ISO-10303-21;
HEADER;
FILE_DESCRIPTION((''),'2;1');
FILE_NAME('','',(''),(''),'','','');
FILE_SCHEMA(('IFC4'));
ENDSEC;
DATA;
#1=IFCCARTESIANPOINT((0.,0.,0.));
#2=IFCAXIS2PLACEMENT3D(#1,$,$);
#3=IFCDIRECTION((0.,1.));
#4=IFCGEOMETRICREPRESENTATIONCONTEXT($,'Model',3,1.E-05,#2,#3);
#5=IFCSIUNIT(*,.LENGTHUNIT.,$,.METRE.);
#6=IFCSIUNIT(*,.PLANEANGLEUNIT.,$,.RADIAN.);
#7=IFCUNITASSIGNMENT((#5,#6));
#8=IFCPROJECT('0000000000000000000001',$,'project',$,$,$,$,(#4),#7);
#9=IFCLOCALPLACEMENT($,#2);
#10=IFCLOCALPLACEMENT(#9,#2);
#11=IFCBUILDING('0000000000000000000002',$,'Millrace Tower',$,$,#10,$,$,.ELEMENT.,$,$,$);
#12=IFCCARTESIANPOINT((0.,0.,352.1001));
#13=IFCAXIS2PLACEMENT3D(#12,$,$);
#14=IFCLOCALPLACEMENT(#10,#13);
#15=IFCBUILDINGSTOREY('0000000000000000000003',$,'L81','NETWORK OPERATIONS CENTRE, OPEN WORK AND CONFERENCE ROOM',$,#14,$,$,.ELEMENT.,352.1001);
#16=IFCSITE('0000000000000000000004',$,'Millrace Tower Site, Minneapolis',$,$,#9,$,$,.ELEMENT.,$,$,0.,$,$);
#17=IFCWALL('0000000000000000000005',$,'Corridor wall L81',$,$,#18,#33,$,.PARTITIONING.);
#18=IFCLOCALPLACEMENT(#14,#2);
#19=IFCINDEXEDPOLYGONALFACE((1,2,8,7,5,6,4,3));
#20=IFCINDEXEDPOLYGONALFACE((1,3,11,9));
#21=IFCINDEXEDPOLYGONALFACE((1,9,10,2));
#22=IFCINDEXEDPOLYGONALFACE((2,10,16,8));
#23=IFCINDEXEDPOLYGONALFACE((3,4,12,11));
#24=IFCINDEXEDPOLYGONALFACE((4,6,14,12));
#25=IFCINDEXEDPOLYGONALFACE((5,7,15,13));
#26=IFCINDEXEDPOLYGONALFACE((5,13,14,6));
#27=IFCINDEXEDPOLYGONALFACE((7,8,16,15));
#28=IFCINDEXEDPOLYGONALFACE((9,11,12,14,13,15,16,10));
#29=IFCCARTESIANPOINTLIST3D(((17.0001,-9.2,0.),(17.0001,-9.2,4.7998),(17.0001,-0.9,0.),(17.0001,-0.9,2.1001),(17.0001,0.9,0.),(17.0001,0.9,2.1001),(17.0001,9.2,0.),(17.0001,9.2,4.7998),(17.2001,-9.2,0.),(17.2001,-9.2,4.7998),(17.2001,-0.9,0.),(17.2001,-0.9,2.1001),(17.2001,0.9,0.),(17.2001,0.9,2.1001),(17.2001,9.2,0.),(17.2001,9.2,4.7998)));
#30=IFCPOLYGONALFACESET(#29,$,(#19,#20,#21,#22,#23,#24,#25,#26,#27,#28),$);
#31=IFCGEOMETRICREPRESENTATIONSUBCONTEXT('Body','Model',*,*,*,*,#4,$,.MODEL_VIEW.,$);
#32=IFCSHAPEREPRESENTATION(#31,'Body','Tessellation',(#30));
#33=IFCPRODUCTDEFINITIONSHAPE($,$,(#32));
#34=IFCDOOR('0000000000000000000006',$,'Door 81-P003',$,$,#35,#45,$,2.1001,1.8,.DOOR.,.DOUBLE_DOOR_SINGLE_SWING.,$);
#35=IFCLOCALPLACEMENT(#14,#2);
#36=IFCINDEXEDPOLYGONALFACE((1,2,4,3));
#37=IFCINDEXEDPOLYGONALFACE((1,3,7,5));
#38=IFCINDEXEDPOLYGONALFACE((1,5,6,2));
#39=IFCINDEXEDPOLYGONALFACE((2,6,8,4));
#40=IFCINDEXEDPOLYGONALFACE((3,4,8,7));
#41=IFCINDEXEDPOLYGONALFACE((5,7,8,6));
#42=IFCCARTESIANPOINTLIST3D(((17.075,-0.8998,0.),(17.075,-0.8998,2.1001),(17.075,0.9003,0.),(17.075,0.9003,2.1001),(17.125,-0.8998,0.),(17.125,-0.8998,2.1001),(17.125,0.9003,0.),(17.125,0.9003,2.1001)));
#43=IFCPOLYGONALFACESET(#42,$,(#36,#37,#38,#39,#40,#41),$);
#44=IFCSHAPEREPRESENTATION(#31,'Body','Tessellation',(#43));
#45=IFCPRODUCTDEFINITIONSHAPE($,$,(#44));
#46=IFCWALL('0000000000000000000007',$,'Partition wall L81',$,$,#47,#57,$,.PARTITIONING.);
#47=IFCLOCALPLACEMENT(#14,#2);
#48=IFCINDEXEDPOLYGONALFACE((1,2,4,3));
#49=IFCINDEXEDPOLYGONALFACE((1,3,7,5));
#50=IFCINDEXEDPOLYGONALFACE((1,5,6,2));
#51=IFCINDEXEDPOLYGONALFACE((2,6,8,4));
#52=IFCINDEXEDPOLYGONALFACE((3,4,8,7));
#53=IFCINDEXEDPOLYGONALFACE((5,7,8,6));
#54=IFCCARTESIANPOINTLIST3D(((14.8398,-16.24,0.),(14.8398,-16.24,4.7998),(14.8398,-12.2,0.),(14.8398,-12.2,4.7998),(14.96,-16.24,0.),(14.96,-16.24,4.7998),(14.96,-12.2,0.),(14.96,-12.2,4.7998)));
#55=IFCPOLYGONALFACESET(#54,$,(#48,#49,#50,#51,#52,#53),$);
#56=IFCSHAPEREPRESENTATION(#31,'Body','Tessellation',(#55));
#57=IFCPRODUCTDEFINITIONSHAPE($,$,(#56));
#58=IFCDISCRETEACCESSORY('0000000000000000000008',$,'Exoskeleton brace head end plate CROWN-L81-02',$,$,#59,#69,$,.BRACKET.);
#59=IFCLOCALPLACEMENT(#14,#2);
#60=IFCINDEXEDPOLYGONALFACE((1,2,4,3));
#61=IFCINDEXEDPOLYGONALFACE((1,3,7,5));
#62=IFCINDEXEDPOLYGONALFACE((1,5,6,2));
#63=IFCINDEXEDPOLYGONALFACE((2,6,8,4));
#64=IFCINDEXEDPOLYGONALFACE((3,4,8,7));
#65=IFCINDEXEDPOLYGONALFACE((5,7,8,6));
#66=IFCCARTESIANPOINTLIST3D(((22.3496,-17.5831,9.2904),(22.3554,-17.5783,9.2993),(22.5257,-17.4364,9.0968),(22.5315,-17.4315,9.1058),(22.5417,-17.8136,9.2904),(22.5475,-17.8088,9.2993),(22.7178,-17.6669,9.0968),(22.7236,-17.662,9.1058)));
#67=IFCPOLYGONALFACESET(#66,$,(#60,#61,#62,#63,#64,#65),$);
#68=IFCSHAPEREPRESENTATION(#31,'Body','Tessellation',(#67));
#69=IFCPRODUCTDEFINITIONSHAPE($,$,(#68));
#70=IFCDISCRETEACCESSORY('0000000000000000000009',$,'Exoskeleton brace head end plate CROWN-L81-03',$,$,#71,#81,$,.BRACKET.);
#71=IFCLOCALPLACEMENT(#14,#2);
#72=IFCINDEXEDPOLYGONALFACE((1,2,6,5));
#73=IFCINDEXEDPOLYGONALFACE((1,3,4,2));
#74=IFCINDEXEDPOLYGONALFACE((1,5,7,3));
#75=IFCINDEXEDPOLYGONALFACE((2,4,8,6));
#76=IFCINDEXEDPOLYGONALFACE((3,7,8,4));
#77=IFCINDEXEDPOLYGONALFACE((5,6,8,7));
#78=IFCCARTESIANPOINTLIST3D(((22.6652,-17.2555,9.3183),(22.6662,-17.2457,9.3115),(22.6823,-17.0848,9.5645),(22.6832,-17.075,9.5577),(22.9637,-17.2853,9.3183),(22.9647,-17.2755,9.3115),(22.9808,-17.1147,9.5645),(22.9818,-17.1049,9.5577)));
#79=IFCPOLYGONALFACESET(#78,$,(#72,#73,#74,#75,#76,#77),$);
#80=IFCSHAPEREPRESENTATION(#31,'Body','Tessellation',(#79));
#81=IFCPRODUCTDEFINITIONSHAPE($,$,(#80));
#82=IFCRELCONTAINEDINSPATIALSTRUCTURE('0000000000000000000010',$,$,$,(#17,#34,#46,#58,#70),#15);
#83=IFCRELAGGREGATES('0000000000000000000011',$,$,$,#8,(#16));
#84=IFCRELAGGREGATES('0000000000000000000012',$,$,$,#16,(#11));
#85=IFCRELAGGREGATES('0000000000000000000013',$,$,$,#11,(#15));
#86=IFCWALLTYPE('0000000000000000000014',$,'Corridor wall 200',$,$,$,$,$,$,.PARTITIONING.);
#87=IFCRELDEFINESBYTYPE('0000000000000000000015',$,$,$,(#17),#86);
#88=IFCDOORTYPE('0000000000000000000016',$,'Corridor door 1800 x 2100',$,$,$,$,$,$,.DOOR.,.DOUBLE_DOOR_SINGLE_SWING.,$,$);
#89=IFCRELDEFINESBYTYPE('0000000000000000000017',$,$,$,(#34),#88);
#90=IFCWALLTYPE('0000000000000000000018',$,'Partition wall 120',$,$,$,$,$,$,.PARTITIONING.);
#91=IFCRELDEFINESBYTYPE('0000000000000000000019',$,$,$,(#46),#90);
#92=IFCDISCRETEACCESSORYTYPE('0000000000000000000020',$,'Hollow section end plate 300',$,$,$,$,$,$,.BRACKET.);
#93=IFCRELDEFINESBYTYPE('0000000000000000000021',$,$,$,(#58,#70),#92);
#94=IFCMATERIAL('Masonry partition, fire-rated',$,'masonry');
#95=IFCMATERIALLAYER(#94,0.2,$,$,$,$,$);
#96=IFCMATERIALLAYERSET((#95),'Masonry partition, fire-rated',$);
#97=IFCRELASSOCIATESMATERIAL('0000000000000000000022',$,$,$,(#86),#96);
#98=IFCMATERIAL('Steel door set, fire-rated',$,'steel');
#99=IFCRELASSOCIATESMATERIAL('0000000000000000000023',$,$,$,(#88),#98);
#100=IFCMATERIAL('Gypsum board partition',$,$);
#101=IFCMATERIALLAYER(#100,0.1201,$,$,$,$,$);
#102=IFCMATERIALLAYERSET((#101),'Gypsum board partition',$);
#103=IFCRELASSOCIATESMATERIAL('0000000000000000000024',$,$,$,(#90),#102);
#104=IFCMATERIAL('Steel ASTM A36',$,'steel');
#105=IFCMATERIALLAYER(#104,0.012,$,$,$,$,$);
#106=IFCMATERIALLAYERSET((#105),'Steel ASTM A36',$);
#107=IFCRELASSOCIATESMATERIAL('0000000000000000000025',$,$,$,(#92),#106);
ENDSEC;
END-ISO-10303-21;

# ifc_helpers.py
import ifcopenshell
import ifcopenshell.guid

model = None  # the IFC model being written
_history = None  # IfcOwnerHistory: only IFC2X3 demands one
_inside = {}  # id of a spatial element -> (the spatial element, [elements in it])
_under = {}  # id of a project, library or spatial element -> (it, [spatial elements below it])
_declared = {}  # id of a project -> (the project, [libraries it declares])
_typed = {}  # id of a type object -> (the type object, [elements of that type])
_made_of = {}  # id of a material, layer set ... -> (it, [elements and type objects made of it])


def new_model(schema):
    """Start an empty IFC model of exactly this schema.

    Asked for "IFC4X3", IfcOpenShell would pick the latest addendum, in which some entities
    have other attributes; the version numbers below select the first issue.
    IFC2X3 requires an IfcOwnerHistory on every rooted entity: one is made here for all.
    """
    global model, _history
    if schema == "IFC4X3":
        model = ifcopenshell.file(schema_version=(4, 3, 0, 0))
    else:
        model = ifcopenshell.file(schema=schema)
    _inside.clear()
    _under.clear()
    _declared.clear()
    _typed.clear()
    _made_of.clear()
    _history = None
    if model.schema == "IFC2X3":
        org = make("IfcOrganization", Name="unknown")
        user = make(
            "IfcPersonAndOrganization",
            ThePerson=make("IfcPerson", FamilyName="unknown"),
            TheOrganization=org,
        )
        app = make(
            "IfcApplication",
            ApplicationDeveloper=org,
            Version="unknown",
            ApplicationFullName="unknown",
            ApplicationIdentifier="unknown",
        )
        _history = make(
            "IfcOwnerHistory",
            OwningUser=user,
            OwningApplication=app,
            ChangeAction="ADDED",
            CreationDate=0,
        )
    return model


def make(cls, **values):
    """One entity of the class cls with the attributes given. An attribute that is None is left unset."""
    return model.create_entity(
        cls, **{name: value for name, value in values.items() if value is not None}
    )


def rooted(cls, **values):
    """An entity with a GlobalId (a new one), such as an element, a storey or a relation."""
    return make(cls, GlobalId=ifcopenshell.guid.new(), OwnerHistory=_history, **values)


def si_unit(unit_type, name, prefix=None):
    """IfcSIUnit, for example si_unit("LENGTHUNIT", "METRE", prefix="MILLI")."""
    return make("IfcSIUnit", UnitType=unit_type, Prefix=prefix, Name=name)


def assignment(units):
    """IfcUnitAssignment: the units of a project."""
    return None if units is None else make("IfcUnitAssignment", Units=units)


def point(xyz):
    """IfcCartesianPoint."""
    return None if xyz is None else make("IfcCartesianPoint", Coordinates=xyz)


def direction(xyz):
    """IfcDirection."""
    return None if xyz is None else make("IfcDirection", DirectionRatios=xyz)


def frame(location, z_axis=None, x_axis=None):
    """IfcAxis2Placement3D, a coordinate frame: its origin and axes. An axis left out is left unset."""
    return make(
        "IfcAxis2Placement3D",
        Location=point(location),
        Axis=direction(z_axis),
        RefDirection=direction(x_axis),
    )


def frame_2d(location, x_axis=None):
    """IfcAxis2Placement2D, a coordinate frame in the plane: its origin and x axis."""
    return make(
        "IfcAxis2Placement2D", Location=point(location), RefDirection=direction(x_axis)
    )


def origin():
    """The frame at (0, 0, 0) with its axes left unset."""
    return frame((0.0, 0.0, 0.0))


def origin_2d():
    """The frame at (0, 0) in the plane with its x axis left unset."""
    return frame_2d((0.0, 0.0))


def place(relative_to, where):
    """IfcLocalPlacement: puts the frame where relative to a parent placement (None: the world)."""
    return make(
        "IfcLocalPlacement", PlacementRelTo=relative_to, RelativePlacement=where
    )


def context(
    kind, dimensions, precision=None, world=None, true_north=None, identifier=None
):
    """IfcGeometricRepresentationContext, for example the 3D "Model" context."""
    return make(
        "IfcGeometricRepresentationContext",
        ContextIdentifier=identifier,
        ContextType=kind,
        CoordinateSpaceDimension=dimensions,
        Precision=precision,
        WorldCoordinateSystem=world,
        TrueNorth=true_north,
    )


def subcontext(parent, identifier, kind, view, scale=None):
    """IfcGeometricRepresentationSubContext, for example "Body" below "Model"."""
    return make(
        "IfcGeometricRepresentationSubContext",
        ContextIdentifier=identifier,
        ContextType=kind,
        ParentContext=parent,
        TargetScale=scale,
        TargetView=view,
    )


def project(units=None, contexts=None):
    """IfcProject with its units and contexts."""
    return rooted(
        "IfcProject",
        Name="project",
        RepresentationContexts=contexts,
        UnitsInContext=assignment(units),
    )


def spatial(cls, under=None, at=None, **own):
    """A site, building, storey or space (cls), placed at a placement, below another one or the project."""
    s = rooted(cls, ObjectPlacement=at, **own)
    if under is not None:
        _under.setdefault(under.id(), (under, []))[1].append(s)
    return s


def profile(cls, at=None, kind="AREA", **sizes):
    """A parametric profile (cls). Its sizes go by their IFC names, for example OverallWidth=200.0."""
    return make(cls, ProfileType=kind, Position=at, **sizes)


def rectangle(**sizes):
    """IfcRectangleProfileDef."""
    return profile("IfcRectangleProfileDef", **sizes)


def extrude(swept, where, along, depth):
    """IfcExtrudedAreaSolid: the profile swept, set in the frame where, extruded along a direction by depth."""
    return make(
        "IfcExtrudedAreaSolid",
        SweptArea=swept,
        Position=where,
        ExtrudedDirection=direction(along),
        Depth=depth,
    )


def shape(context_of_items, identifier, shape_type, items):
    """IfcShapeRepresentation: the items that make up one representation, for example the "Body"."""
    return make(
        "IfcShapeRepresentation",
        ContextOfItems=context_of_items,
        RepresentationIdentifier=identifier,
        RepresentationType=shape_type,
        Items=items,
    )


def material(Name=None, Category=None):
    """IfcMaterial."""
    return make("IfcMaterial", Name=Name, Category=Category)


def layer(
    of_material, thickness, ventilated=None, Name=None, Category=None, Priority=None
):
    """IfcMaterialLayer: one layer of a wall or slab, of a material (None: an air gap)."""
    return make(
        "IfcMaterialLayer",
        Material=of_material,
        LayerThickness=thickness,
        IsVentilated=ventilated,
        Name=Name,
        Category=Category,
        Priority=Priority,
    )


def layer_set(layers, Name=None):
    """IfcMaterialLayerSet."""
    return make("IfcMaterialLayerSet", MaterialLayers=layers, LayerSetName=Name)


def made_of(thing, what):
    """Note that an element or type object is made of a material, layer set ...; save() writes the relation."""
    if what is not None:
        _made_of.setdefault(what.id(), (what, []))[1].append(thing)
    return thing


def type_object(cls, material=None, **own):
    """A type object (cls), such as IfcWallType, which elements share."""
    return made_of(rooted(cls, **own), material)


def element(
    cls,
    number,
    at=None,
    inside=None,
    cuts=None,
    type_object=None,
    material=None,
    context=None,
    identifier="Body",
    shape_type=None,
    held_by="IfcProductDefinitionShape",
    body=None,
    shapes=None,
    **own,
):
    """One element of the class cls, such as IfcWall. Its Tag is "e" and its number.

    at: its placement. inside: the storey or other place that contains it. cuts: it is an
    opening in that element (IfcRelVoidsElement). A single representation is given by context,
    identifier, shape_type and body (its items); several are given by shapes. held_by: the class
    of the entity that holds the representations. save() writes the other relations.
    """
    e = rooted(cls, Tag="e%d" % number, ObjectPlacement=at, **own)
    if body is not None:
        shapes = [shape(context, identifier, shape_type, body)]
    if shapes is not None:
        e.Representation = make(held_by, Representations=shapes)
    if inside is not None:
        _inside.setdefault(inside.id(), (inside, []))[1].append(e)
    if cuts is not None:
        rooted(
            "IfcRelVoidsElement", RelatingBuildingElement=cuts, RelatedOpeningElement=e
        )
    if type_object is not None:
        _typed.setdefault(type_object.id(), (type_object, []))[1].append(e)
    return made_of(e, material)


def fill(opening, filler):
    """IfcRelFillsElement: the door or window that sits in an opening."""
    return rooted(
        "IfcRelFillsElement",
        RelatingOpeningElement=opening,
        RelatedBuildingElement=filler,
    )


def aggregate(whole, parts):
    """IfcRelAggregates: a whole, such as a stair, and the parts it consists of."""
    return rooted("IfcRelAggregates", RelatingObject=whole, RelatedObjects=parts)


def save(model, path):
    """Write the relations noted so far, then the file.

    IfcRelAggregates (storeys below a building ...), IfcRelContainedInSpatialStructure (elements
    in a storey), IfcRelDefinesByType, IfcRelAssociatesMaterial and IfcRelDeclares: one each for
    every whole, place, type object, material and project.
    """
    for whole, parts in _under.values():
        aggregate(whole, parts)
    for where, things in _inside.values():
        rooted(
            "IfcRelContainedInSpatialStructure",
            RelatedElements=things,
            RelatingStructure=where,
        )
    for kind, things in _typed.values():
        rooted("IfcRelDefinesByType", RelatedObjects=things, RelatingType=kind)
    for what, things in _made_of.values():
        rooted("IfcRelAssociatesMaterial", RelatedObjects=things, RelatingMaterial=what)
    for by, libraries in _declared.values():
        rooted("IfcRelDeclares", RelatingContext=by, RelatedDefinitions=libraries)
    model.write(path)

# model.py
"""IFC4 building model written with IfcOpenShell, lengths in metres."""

from ifc_helpers import new_model, si_unit, direction, frame, frame_2d, origin, origin_2d, place, context, subcontext, project, spatial, rectangle, extrude, material, layer, layer_set, type_object, element, fill, save


model = new_model("IFC4")

# Units and contexts
model_context = context("Model", 3, precision=1e-05, world=origin(), true_north=direction((0.0, 1.0)))
body_context = subcontext(model_context, "Body", "Model", "MODEL_VIEW")
ifc_project = project(units=[si_unit("LENGTHUNIT", "METRE"), si_unit("PLANEANGLEUNIT", "RADIAN")], contexts=[model_context])

# Site, building, storey
site_placement = place(None, origin())
site = spatial("IfcSite", under=ifc_project, at=site_placement, Name="Millrace Tower Site, Minneapolis", CompositionType="ELEMENT", RefElevation=0.0)
building_placement = place(site_placement, origin())
building = spatial("IfcBuilding", under=site, at=building_placement, Name="Millrace Tower", CompositionType="ELEMENT")
storey_placement = place(building_placement, frame((0.0, 0.0, 352.1001)))
storey = spatial("IfcBuildingStorey", under=building, at=storey_placement, Name="L81", Description="NETWORK OPERATIONS CENTRE, OPEN WORK AND CONFERENCE ROOM", CompositionType="ELEMENT", Elevation=352.1001)

# Shared definitions
ifc_material_1 = material(Name="Masonry partition, fire-rated", Category="masonry")
ifc_layer_1 = layer(ifc_material_1, 0.2)
ifc_layer_set_1 = layer_set([ifc_layer_1], Name="Masonry partition, fire-rated")
wall_type_1 = type_object("IfcWallType", Name="Corridor wall 200", PredefinedType="PARTITIONING", material=ifc_layer_set_1)

# Wall, opening, door
wall_1_placement = place(storey_placement, frame((17.1001, -9.2, 0.0), z_axis=(0.0, 0.0, 1.0), x_axis=(0.0, 1.0, 0.0)))
wall_1 = element("IfcWall", 1, at=wall_1_placement, inside=storey, type_object=wall_type_1, Name="Corridor wall L81", PredefinedType="PARTITIONING", context=body_context, shape_type="SweptSolid", body=[
    extrude(rectangle(XDim=18.3999, YDim=0.2, at=frame_2d((9.2, 0.0))), origin(), (0.0, 0.0, 1.0), 4.7998),
])
opening_placement = place(wall_1_placement, frame((8.3, 0.0, 0.0)))
opening = element("IfcOpeningElement", 2, at=opening_placement, cuts=wall_1, PredefinedType="OPENING", context=body_context, shape_type="SweptSolid", body=[
    extrude(rectangle(XDim=1.8, YDim=2.1001, at=frame_2d((0.8999, 1.05))), frame((0.0, 0.1099, 0.0), z_axis=(0.0, -1.0, 0.0), x_axis=(1.0, 0.0, 0.0)), (0.0, 0.0, 1.0), 0.22),
])
ifc_material_2 = material(Name="Steel door set, fire-rated", Category="steel")
door_type = type_object("IfcDoorType", Name="Corridor door 1800 x 2100", OperationType="DOUBLE_DOOR_SINGLE_SWING", PredefinedType="DOOR", material=ifc_material_2)
door_placement = place(opening_placement, frame((1.8, 0.0, 0.0), z_axis=(0.0, 0.0, 1.0), x_axis=(-1.0, 0.0, 0.0)))
door = element("IfcDoor", 3, at=door_placement, inside=storey, type_object=door_type, Name="Door 81-P003", OperationType="DOUBLE_DOOR_SINGLE_SWING", OverallHeight=2.1001, OverallWidth=1.8, PredefinedType="DOOR", context=body_context, shape_type="SweptSolid", body=[
    extrude(rectangle(XDim=1.8, YDim=2.1001, at=frame_2d((0.8999, 1.05))), frame((0.0, 0.0249, 0.0), z_axis=(0.0, -1.0, 0.0), x_axis=(1.0, 0.0, 0.0)), (0.0, 0.0, 1.0), 0.05),
])
fill(opening, door)

# Wall
ifc_material_3 = material(Name="Gypsum board partition")
ifc_layer_2 = layer(ifc_material_3, 0.1201)
ifc_layer_set_2 = layer_set([ifc_layer_2], Name="Gypsum board partition")
wall_type_2 = type_object("IfcWallType", Name="Partition wall 120", PredefinedType="PARTITIONING", material=ifc_layer_set_2)
wall_2_placement = place(storey_placement, frame((14.8999, -16.24, 0.0), z_axis=(0.0, 0.0, 1.0), x_axis=(0.0, 1.0, 0.0)))
element("IfcWall", 4, at=wall_2_placement, inside=storey, type_object=wall_type_2, Name="Partition wall L81", PredefinedType="PARTITIONING", context=body_context, shape_type="SweptSolid", body=[
    extrude(rectangle(XDim=4.04, YDim=0.1201, at=frame_2d((2.02, 0.0))), origin(), (0.0, 0.0, 1.0), 4.7998),
])

# Discrete accessories
ifc_material_4 = material(Name="Steel ASTM A36", Category="steel")
ifc_layer_3 = layer(ifc_material_4, 0.012)
ifc_layer_set_3 = layer_set([ifc_layer_3], Name="Steel ASTM A36")
discrete_accessory_type = type_object("IfcDiscreteAccessoryType", Name="Hollow section end plate 300", PredefinedType="BRACKET", material=ifc_layer_set_3)
discrete_accessory_1_placement = place(storey_placement, frame((22.5337, -17.625, 9.1936), z_axis=(0.49561, 0.413008, 0.764065), x_axis=(-0.640184, 0.768221, 0.0)))
element("IfcDiscreteAccessory", 5, at=discrete_accessory_1_placement, inside=storey, type_object=discrete_accessory_type, Name="Exoskeleton brace head end plate CROWN-L81-02", PredefinedType="BRACKET", context=body_context, shape_type="SweptSolid", body=[
    extrude(rectangle(XDim=0.3, YDim=0.3, at=origin_2d()), origin(), (0.0, 0.0, 1.0), 0.0117),
])
discrete_accessory_2_placement = place(storey_placement, frame((22.824, -17.1753, 9.4346), z_axis=(-0.08165, -0.816497, 0.571548), x_axis=(0.995037, -0.099504, 0.0)))
element("IfcDiscreteAccessory", 6, at=discrete_accessory_2_placement, inside=storey, type_object=discrete_accessory_type, Name="Exoskeleton brace head end plate CROWN-L81-03", PredefinedType="BRACKET", context=body_context, shape_type="SweptSolid", body=[
    extrude(rectangle(XDim=0.3, YDim=0.3, at=origin_2d()), origin(), (0.0, 0.0, 1.0), 0.012),
])

save(model, "model.ifc")
